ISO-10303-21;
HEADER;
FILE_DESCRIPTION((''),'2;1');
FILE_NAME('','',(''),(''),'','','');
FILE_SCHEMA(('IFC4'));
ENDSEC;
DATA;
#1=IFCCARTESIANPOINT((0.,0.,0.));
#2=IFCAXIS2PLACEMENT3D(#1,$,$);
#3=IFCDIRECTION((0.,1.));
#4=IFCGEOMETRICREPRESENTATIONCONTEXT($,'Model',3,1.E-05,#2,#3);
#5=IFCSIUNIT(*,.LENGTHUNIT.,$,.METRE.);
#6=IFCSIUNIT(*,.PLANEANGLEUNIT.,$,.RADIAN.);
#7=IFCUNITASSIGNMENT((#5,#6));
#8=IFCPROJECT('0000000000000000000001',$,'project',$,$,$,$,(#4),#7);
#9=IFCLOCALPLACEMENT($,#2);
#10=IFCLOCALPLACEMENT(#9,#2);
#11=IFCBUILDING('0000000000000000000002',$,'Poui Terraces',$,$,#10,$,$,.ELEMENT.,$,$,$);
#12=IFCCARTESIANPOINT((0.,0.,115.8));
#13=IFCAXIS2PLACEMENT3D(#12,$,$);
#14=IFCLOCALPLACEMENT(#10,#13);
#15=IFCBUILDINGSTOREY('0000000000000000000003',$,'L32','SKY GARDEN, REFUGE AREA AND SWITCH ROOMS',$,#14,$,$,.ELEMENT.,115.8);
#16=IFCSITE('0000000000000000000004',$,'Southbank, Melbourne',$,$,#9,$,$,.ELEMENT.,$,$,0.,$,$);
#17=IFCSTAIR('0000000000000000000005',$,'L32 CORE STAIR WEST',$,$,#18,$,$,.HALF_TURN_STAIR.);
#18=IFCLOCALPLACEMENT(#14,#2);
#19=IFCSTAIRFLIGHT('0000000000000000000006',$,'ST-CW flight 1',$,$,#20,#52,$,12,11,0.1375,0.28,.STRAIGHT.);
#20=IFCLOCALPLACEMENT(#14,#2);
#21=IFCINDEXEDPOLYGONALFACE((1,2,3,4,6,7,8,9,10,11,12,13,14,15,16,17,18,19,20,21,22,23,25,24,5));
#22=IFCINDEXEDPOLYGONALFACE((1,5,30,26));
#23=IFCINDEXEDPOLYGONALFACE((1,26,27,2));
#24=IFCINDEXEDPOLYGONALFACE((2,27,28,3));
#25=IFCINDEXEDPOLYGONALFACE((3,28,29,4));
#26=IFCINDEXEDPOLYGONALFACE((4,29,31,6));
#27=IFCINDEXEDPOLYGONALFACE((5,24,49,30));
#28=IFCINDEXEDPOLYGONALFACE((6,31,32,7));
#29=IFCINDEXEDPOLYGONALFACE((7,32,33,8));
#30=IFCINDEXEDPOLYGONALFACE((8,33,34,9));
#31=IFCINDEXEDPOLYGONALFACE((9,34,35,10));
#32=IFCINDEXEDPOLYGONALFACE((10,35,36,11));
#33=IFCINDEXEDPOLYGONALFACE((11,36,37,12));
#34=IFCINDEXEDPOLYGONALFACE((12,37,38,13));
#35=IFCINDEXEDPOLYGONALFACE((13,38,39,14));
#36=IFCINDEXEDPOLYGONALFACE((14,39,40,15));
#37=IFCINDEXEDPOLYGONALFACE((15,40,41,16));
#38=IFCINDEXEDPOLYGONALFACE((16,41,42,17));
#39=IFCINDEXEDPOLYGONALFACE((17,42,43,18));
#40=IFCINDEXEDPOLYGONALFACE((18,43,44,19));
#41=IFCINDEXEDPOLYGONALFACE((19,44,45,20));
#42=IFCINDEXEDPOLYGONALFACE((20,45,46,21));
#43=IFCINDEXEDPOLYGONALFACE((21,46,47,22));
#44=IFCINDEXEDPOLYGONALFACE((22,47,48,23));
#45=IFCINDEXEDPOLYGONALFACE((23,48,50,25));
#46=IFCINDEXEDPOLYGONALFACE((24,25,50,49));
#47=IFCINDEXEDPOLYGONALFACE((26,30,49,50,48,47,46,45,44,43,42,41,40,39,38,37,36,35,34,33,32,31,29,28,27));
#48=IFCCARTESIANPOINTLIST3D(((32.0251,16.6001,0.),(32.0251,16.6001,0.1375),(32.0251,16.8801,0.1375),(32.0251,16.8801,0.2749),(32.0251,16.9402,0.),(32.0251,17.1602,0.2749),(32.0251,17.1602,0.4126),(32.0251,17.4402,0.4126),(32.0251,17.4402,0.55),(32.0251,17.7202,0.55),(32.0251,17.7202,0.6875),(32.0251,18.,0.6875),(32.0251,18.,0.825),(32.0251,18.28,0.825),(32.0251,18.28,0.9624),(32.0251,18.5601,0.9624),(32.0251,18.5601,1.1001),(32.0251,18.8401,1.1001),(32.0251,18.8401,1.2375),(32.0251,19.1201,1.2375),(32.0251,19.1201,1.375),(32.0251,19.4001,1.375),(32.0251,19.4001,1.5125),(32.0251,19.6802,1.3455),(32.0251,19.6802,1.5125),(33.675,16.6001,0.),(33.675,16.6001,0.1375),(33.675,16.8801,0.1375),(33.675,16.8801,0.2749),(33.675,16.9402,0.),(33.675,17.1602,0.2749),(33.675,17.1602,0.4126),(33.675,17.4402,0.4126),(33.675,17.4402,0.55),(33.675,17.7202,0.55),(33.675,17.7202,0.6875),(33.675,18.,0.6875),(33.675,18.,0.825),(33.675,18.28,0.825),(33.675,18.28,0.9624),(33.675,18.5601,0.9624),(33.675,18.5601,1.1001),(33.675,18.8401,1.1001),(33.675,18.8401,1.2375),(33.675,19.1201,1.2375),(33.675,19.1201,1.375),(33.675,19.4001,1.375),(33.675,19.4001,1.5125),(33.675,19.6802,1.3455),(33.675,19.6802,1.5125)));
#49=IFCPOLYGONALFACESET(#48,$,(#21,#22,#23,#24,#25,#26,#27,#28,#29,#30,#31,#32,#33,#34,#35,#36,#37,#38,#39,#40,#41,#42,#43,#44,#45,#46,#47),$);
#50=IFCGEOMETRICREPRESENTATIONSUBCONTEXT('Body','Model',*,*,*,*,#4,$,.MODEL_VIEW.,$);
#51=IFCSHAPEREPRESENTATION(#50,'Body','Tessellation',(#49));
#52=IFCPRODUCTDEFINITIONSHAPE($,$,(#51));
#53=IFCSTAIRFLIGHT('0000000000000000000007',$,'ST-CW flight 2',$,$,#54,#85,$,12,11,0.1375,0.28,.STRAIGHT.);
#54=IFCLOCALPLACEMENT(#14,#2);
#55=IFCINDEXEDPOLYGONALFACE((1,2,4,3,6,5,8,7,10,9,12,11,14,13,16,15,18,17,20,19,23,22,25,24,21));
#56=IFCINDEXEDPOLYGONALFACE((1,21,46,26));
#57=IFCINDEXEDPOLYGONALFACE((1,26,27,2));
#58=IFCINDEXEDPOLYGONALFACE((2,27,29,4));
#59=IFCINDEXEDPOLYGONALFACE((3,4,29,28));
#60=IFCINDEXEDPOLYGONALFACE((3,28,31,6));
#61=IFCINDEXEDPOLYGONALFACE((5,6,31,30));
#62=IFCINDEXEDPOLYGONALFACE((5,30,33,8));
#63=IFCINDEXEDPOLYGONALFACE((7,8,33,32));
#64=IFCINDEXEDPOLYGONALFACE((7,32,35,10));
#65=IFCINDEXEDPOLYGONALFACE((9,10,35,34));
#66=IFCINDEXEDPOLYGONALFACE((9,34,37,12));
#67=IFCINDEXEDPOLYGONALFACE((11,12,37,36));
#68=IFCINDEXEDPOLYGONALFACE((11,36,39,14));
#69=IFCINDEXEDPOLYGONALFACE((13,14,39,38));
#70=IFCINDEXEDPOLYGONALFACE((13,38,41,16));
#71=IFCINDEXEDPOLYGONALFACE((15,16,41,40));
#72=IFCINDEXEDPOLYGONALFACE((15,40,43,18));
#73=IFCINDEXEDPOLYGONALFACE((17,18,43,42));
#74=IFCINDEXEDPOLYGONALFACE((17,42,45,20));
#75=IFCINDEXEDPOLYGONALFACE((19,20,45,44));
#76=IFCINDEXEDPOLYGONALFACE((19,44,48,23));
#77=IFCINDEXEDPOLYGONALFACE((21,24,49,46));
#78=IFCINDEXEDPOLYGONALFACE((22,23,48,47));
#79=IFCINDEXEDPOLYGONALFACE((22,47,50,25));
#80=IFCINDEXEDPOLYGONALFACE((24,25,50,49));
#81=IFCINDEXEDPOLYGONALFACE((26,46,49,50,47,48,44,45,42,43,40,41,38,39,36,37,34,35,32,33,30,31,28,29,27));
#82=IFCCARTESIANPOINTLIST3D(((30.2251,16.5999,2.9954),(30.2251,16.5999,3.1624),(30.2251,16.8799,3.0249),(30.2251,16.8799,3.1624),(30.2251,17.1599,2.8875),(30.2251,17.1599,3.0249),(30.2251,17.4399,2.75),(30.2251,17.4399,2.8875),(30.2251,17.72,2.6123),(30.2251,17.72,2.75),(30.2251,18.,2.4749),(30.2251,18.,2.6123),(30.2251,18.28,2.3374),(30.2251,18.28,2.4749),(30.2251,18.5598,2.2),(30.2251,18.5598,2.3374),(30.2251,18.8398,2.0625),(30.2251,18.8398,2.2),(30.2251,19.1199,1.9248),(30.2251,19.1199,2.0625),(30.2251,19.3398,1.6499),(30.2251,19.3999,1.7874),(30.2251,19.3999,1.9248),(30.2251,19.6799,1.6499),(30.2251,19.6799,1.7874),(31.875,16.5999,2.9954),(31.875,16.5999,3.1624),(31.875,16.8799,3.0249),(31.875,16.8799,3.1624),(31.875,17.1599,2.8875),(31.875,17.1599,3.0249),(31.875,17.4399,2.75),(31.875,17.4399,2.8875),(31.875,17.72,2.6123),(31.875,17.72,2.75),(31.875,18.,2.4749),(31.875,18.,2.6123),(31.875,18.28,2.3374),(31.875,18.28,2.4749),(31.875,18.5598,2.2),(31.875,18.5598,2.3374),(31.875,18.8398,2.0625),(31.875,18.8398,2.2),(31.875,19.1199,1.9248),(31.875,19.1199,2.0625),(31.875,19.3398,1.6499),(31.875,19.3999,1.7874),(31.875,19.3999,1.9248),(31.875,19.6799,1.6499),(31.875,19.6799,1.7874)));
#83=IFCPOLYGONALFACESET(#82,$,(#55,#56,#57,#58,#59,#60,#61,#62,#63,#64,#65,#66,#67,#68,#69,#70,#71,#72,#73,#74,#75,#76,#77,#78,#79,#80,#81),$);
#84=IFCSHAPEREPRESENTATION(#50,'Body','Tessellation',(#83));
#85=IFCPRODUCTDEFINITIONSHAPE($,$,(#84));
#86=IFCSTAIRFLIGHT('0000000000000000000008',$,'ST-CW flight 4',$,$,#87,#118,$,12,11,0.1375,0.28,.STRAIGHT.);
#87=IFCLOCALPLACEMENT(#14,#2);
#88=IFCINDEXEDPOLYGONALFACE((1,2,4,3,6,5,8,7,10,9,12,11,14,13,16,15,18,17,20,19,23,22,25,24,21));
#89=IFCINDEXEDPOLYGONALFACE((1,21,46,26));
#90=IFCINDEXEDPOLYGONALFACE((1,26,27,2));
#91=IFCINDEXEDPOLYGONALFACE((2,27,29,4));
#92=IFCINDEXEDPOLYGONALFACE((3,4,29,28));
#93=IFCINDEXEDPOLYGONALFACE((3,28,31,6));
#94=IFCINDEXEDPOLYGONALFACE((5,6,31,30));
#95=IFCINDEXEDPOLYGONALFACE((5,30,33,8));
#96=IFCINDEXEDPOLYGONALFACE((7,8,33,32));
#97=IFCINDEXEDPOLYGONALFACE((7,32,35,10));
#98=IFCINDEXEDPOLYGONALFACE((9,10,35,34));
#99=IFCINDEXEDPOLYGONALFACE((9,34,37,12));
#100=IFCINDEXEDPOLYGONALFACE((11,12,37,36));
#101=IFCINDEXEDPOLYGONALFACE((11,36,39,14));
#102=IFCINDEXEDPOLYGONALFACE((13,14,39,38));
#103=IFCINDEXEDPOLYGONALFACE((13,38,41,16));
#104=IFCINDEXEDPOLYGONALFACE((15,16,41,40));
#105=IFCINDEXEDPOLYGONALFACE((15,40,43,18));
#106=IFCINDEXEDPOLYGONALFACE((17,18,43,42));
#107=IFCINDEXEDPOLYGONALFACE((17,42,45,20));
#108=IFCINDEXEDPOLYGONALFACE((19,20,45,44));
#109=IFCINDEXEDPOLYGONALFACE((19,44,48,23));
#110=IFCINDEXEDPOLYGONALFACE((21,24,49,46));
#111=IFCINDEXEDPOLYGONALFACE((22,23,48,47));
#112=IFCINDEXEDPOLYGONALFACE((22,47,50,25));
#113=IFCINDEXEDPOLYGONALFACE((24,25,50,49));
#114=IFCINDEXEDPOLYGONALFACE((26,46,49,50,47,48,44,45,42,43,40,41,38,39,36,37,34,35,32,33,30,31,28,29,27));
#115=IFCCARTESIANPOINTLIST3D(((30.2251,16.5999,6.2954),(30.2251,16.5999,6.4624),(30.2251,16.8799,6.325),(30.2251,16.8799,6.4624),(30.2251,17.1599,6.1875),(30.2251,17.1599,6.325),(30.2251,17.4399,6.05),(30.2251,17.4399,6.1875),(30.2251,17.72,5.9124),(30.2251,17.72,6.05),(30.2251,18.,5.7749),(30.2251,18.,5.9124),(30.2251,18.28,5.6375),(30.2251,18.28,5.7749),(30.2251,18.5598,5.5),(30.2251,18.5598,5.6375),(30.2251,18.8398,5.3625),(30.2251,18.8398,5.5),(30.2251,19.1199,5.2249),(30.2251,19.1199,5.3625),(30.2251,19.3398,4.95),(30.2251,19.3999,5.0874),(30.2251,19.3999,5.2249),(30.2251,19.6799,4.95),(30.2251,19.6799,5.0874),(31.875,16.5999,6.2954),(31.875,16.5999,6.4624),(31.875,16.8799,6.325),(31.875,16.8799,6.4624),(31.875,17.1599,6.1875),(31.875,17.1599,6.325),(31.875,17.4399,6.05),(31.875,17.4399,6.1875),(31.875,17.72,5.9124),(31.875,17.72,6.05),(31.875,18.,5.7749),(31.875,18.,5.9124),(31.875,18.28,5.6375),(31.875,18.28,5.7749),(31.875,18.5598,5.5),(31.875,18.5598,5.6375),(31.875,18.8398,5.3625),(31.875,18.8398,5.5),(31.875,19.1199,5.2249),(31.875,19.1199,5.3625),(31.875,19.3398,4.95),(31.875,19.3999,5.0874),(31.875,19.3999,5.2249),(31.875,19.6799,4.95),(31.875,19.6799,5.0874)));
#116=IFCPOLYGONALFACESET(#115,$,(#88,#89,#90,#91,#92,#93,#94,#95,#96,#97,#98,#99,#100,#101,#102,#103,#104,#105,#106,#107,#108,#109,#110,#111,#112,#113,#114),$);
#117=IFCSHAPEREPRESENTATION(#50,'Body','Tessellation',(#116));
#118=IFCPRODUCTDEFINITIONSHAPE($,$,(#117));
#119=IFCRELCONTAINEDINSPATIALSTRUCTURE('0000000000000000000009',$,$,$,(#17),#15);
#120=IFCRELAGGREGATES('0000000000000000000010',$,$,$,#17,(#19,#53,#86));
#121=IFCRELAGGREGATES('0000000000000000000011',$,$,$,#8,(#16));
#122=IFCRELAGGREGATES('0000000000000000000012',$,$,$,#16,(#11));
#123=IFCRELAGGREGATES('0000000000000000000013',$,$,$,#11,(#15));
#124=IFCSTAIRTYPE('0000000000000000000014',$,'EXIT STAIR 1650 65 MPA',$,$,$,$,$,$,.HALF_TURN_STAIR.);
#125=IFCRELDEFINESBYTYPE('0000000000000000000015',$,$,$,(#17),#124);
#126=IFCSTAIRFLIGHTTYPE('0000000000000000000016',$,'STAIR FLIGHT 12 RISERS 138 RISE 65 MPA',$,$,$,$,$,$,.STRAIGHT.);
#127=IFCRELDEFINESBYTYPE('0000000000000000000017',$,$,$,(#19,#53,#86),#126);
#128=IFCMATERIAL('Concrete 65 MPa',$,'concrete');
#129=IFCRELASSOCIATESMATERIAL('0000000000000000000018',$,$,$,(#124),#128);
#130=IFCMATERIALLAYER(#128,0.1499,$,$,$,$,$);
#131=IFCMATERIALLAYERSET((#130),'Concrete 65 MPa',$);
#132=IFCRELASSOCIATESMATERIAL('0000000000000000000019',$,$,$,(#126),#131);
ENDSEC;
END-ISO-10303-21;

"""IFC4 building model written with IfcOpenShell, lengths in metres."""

from ifc_helpers import new_model, si_unit, direction, frame, origin, place, context, subcontext, project, spatial, polyline, outline, extrude, material, layer, layer_set, type_object, element, aggregate, save


model = new_model("IFC4")

# Units and contexts
model_context = context("Model", 3, precision=1e-05, world=origin(), true_north=direction((0.0, 1.0)))
body_context = subcontext(model_context, "Body", "Model", "MODEL_VIEW")
ifc_project = project(units=[si_unit("LENGTHUNIT", "METRE"), si_unit("PLANEANGLEUNIT", "RADIAN")], contexts=[model_context])

# Site, building, storey
site_placement = place(None, origin())
site = spatial("IfcSite", under=ifc_project, at=site_placement, Name="Southbank, Melbourne", CompositionType="ELEMENT", RefElevation=0.0)
building_placement = place(site_placement, origin())
building = spatial("IfcBuilding", under=site, at=building_placement, Name="Poui Terraces", CompositionType="ELEMENT")
storey_placement = place(building_placement, frame((0.0, 0.0, 115.8)))
storey = spatial("IfcBuildingStorey", under=building, at=storey_placement, Name="L32", Description="SKY GARDEN, REFUGE AREA AND SWITCH ROOMS", CompositionType="ELEMENT", Elevation=115.8)

# Stair, stair flights
ifc_material_1 = material(Name="Concrete 65 MPa", Category="concrete")
stair_type = type_object("IfcStairType", Name="EXIT STAIR 1650 65 MPA", PredefinedType="HALF_TURN_STAIR", material=ifc_material_1)
stair_placement = place(storey_placement, origin())
stair = element("IfcStair", 1, at=stair_placement, inside=storey, type_object=stair_type, Name="L32 CORE STAIR WEST", PredefinedType="HALF_TURN_STAIR")
ifc_layer = layer(ifc_material_1, 0.1499)
ifc_layer_set = layer_set([ifc_layer], Name="Concrete 65 MPa")
stair_flight_type = type_object("IfcStairFlightType", Name="STAIR FLIGHT 12 RISERS 138 RISE 65 MPA", PredefinedType="STRAIGHT", material=ifc_layer_set)
stair_flight_1_placement = place(storey_placement, frame((32.8501, 16.6001, 0.0), z_axis=(0.0, 0.0, 1.0), x_axis=(0.0, 1.0, 0.0)))
stair_flight_1 = element("IfcStairFlight", 2, at=stair_flight_1_placement, type_object=stair_flight_type, Name="ST-CW flight 1", NumberOfRisers=12, NumberOfTreads=11, PredefinedType="STRAIGHT", RiserHeight=0.1375, TreadLength=0.28, context=body_context, shape_type="SweptSolid", body=[
    extrude(outline(polyline([(0.0, 0.0), (0.0, 0.1375), (0.28, 0.1375), (0.28, 0.2749), (0.5601, 0.2749), (0.5601, 0.4126), (0.8401, 0.4126), (0.8401, 0.55), (1.1201, 0.55), (1.1201, 0.6875), (1.3999, 0.6875), (1.3999, 0.825), (1.6799, 0.825), (1.6799, 0.9624), (1.96, 0.9624), (1.96, 1.1001), (2.24, 1.1001), (2.24, 1.2375), (2.52, 1.2375), (2.52, 1.375), (2.8, 1.375), (2.8, 1.5125), (3.0801, 1.5125), (3.0801, 1.6499), (3.0801, 1.3455), (0.3401, 0.0), (0.0, 0.0)])), frame((0.0, 0.825, 0.0), z_axis=(0.0, -1.0, 0.0), x_axis=(1.0, 0.0, 0.0)), (0.0, 0.0, 1.0), 1.6499),
])
stair_flight_2_placement = place(storey_placement, frame((31.05, 19.6799, 1.6499), z_axis=(0.0, 0.0, 1.0), x_axis=(0.0, -1.0, 0.0)))
stair_flight_2 = element("IfcStairFlight", 3, at=stair_flight_2_placement, type_object=stair_flight_type, Name="ST-CW flight 2", NumberOfRisers=12, NumberOfTreads=11, PredefinedType="STRAIGHT", RiserHeight=0.1375, TreadLength=0.28, context=body_context, shape_type="SweptSolid", body=[
    extrude(outline(polyline([(0.0, 0.0), (0.0, 0.1375), (0.28, 0.1375), (0.28, 0.2749), (0.5601, 0.2749), (0.5601, 0.4126), (0.8401, 0.4126), (0.8401, 0.55), (1.1201, 0.55), (1.1201, 0.6875), (1.3999, 0.6875), (1.3999, 0.825), (1.6799, 0.825), (1.6799, 0.9624), (1.96, 0.9624), (1.96, 1.1001), (2.24, 1.1001), (2.24, 1.2375), (2.52, 1.2375), (2.52, 1.375), (2.8, 1.375), (2.8, 1.5125), (3.0801, 1.5125), (3.0801, 1.6499), (3.0801, 1.3455), (0.3401, 0.0), (0.0, 0.0)])), frame((0.0, 0.825, 0.0), z_axis=(0.0, -1.0, 0.0), x_axis=(1.0, 0.0, 0.0)), (0.0, 0.0, 1.0), 1.6499),
])
stair_flight_3_placement = place(storey_placement, frame((31.05, 19.6799, 4.95), z_axis=(0.0, 0.0, 1.0), x_axis=(0.0, -1.0, 0.0)))
stair_flight_3 = element("IfcStairFlight", 4, at=stair_flight_3_placement, type_object=stair_flight_type, Name="ST-CW flight 4", NumberOfRisers=12, NumberOfTreads=11, PredefinedType="STRAIGHT", RiserHeight=0.1375, TreadLength=0.28, context=body_context, shape_type="SweptSolid", body=[
    extrude(outline(polyline([(0.0, 0.0), (0.0, 0.1375), (0.28, 0.1375), (0.28, 0.2749), (0.5601, 0.2749), (0.5601, 0.4126), (0.8401, 0.4126), (0.8401, 0.55), (1.1201, 0.55), (1.1201, 0.6875), (1.3999, 0.6875), (1.3999, 0.825), (1.6799, 0.825), (1.6799, 0.9624), (1.96, 0.9624), (1.96, 1.1001), (2.24, 1.1001), (2.24, 1.2375), (2.52, 1.2375), (2.52, 1.375), (2.8, 1.375), (2.8, 1.5125), (3.0801, 1.5125), (3.0801, 1.6499), (3.0801, 1.3455), (0.3401, 0.0), (0.0, 0.0)])), frame((0.0, 0.825, 0.0), z_axis=(0.0, -1.0, 0.0), x_axis=(1.0, 0.0, 0.0)), (0.0, 0.0, 1.0), 1.6499),
])
aggregate(stair, [stair_flight_1, stair_flight_2, stair_flight_3])

save(model, "model.ifc")
